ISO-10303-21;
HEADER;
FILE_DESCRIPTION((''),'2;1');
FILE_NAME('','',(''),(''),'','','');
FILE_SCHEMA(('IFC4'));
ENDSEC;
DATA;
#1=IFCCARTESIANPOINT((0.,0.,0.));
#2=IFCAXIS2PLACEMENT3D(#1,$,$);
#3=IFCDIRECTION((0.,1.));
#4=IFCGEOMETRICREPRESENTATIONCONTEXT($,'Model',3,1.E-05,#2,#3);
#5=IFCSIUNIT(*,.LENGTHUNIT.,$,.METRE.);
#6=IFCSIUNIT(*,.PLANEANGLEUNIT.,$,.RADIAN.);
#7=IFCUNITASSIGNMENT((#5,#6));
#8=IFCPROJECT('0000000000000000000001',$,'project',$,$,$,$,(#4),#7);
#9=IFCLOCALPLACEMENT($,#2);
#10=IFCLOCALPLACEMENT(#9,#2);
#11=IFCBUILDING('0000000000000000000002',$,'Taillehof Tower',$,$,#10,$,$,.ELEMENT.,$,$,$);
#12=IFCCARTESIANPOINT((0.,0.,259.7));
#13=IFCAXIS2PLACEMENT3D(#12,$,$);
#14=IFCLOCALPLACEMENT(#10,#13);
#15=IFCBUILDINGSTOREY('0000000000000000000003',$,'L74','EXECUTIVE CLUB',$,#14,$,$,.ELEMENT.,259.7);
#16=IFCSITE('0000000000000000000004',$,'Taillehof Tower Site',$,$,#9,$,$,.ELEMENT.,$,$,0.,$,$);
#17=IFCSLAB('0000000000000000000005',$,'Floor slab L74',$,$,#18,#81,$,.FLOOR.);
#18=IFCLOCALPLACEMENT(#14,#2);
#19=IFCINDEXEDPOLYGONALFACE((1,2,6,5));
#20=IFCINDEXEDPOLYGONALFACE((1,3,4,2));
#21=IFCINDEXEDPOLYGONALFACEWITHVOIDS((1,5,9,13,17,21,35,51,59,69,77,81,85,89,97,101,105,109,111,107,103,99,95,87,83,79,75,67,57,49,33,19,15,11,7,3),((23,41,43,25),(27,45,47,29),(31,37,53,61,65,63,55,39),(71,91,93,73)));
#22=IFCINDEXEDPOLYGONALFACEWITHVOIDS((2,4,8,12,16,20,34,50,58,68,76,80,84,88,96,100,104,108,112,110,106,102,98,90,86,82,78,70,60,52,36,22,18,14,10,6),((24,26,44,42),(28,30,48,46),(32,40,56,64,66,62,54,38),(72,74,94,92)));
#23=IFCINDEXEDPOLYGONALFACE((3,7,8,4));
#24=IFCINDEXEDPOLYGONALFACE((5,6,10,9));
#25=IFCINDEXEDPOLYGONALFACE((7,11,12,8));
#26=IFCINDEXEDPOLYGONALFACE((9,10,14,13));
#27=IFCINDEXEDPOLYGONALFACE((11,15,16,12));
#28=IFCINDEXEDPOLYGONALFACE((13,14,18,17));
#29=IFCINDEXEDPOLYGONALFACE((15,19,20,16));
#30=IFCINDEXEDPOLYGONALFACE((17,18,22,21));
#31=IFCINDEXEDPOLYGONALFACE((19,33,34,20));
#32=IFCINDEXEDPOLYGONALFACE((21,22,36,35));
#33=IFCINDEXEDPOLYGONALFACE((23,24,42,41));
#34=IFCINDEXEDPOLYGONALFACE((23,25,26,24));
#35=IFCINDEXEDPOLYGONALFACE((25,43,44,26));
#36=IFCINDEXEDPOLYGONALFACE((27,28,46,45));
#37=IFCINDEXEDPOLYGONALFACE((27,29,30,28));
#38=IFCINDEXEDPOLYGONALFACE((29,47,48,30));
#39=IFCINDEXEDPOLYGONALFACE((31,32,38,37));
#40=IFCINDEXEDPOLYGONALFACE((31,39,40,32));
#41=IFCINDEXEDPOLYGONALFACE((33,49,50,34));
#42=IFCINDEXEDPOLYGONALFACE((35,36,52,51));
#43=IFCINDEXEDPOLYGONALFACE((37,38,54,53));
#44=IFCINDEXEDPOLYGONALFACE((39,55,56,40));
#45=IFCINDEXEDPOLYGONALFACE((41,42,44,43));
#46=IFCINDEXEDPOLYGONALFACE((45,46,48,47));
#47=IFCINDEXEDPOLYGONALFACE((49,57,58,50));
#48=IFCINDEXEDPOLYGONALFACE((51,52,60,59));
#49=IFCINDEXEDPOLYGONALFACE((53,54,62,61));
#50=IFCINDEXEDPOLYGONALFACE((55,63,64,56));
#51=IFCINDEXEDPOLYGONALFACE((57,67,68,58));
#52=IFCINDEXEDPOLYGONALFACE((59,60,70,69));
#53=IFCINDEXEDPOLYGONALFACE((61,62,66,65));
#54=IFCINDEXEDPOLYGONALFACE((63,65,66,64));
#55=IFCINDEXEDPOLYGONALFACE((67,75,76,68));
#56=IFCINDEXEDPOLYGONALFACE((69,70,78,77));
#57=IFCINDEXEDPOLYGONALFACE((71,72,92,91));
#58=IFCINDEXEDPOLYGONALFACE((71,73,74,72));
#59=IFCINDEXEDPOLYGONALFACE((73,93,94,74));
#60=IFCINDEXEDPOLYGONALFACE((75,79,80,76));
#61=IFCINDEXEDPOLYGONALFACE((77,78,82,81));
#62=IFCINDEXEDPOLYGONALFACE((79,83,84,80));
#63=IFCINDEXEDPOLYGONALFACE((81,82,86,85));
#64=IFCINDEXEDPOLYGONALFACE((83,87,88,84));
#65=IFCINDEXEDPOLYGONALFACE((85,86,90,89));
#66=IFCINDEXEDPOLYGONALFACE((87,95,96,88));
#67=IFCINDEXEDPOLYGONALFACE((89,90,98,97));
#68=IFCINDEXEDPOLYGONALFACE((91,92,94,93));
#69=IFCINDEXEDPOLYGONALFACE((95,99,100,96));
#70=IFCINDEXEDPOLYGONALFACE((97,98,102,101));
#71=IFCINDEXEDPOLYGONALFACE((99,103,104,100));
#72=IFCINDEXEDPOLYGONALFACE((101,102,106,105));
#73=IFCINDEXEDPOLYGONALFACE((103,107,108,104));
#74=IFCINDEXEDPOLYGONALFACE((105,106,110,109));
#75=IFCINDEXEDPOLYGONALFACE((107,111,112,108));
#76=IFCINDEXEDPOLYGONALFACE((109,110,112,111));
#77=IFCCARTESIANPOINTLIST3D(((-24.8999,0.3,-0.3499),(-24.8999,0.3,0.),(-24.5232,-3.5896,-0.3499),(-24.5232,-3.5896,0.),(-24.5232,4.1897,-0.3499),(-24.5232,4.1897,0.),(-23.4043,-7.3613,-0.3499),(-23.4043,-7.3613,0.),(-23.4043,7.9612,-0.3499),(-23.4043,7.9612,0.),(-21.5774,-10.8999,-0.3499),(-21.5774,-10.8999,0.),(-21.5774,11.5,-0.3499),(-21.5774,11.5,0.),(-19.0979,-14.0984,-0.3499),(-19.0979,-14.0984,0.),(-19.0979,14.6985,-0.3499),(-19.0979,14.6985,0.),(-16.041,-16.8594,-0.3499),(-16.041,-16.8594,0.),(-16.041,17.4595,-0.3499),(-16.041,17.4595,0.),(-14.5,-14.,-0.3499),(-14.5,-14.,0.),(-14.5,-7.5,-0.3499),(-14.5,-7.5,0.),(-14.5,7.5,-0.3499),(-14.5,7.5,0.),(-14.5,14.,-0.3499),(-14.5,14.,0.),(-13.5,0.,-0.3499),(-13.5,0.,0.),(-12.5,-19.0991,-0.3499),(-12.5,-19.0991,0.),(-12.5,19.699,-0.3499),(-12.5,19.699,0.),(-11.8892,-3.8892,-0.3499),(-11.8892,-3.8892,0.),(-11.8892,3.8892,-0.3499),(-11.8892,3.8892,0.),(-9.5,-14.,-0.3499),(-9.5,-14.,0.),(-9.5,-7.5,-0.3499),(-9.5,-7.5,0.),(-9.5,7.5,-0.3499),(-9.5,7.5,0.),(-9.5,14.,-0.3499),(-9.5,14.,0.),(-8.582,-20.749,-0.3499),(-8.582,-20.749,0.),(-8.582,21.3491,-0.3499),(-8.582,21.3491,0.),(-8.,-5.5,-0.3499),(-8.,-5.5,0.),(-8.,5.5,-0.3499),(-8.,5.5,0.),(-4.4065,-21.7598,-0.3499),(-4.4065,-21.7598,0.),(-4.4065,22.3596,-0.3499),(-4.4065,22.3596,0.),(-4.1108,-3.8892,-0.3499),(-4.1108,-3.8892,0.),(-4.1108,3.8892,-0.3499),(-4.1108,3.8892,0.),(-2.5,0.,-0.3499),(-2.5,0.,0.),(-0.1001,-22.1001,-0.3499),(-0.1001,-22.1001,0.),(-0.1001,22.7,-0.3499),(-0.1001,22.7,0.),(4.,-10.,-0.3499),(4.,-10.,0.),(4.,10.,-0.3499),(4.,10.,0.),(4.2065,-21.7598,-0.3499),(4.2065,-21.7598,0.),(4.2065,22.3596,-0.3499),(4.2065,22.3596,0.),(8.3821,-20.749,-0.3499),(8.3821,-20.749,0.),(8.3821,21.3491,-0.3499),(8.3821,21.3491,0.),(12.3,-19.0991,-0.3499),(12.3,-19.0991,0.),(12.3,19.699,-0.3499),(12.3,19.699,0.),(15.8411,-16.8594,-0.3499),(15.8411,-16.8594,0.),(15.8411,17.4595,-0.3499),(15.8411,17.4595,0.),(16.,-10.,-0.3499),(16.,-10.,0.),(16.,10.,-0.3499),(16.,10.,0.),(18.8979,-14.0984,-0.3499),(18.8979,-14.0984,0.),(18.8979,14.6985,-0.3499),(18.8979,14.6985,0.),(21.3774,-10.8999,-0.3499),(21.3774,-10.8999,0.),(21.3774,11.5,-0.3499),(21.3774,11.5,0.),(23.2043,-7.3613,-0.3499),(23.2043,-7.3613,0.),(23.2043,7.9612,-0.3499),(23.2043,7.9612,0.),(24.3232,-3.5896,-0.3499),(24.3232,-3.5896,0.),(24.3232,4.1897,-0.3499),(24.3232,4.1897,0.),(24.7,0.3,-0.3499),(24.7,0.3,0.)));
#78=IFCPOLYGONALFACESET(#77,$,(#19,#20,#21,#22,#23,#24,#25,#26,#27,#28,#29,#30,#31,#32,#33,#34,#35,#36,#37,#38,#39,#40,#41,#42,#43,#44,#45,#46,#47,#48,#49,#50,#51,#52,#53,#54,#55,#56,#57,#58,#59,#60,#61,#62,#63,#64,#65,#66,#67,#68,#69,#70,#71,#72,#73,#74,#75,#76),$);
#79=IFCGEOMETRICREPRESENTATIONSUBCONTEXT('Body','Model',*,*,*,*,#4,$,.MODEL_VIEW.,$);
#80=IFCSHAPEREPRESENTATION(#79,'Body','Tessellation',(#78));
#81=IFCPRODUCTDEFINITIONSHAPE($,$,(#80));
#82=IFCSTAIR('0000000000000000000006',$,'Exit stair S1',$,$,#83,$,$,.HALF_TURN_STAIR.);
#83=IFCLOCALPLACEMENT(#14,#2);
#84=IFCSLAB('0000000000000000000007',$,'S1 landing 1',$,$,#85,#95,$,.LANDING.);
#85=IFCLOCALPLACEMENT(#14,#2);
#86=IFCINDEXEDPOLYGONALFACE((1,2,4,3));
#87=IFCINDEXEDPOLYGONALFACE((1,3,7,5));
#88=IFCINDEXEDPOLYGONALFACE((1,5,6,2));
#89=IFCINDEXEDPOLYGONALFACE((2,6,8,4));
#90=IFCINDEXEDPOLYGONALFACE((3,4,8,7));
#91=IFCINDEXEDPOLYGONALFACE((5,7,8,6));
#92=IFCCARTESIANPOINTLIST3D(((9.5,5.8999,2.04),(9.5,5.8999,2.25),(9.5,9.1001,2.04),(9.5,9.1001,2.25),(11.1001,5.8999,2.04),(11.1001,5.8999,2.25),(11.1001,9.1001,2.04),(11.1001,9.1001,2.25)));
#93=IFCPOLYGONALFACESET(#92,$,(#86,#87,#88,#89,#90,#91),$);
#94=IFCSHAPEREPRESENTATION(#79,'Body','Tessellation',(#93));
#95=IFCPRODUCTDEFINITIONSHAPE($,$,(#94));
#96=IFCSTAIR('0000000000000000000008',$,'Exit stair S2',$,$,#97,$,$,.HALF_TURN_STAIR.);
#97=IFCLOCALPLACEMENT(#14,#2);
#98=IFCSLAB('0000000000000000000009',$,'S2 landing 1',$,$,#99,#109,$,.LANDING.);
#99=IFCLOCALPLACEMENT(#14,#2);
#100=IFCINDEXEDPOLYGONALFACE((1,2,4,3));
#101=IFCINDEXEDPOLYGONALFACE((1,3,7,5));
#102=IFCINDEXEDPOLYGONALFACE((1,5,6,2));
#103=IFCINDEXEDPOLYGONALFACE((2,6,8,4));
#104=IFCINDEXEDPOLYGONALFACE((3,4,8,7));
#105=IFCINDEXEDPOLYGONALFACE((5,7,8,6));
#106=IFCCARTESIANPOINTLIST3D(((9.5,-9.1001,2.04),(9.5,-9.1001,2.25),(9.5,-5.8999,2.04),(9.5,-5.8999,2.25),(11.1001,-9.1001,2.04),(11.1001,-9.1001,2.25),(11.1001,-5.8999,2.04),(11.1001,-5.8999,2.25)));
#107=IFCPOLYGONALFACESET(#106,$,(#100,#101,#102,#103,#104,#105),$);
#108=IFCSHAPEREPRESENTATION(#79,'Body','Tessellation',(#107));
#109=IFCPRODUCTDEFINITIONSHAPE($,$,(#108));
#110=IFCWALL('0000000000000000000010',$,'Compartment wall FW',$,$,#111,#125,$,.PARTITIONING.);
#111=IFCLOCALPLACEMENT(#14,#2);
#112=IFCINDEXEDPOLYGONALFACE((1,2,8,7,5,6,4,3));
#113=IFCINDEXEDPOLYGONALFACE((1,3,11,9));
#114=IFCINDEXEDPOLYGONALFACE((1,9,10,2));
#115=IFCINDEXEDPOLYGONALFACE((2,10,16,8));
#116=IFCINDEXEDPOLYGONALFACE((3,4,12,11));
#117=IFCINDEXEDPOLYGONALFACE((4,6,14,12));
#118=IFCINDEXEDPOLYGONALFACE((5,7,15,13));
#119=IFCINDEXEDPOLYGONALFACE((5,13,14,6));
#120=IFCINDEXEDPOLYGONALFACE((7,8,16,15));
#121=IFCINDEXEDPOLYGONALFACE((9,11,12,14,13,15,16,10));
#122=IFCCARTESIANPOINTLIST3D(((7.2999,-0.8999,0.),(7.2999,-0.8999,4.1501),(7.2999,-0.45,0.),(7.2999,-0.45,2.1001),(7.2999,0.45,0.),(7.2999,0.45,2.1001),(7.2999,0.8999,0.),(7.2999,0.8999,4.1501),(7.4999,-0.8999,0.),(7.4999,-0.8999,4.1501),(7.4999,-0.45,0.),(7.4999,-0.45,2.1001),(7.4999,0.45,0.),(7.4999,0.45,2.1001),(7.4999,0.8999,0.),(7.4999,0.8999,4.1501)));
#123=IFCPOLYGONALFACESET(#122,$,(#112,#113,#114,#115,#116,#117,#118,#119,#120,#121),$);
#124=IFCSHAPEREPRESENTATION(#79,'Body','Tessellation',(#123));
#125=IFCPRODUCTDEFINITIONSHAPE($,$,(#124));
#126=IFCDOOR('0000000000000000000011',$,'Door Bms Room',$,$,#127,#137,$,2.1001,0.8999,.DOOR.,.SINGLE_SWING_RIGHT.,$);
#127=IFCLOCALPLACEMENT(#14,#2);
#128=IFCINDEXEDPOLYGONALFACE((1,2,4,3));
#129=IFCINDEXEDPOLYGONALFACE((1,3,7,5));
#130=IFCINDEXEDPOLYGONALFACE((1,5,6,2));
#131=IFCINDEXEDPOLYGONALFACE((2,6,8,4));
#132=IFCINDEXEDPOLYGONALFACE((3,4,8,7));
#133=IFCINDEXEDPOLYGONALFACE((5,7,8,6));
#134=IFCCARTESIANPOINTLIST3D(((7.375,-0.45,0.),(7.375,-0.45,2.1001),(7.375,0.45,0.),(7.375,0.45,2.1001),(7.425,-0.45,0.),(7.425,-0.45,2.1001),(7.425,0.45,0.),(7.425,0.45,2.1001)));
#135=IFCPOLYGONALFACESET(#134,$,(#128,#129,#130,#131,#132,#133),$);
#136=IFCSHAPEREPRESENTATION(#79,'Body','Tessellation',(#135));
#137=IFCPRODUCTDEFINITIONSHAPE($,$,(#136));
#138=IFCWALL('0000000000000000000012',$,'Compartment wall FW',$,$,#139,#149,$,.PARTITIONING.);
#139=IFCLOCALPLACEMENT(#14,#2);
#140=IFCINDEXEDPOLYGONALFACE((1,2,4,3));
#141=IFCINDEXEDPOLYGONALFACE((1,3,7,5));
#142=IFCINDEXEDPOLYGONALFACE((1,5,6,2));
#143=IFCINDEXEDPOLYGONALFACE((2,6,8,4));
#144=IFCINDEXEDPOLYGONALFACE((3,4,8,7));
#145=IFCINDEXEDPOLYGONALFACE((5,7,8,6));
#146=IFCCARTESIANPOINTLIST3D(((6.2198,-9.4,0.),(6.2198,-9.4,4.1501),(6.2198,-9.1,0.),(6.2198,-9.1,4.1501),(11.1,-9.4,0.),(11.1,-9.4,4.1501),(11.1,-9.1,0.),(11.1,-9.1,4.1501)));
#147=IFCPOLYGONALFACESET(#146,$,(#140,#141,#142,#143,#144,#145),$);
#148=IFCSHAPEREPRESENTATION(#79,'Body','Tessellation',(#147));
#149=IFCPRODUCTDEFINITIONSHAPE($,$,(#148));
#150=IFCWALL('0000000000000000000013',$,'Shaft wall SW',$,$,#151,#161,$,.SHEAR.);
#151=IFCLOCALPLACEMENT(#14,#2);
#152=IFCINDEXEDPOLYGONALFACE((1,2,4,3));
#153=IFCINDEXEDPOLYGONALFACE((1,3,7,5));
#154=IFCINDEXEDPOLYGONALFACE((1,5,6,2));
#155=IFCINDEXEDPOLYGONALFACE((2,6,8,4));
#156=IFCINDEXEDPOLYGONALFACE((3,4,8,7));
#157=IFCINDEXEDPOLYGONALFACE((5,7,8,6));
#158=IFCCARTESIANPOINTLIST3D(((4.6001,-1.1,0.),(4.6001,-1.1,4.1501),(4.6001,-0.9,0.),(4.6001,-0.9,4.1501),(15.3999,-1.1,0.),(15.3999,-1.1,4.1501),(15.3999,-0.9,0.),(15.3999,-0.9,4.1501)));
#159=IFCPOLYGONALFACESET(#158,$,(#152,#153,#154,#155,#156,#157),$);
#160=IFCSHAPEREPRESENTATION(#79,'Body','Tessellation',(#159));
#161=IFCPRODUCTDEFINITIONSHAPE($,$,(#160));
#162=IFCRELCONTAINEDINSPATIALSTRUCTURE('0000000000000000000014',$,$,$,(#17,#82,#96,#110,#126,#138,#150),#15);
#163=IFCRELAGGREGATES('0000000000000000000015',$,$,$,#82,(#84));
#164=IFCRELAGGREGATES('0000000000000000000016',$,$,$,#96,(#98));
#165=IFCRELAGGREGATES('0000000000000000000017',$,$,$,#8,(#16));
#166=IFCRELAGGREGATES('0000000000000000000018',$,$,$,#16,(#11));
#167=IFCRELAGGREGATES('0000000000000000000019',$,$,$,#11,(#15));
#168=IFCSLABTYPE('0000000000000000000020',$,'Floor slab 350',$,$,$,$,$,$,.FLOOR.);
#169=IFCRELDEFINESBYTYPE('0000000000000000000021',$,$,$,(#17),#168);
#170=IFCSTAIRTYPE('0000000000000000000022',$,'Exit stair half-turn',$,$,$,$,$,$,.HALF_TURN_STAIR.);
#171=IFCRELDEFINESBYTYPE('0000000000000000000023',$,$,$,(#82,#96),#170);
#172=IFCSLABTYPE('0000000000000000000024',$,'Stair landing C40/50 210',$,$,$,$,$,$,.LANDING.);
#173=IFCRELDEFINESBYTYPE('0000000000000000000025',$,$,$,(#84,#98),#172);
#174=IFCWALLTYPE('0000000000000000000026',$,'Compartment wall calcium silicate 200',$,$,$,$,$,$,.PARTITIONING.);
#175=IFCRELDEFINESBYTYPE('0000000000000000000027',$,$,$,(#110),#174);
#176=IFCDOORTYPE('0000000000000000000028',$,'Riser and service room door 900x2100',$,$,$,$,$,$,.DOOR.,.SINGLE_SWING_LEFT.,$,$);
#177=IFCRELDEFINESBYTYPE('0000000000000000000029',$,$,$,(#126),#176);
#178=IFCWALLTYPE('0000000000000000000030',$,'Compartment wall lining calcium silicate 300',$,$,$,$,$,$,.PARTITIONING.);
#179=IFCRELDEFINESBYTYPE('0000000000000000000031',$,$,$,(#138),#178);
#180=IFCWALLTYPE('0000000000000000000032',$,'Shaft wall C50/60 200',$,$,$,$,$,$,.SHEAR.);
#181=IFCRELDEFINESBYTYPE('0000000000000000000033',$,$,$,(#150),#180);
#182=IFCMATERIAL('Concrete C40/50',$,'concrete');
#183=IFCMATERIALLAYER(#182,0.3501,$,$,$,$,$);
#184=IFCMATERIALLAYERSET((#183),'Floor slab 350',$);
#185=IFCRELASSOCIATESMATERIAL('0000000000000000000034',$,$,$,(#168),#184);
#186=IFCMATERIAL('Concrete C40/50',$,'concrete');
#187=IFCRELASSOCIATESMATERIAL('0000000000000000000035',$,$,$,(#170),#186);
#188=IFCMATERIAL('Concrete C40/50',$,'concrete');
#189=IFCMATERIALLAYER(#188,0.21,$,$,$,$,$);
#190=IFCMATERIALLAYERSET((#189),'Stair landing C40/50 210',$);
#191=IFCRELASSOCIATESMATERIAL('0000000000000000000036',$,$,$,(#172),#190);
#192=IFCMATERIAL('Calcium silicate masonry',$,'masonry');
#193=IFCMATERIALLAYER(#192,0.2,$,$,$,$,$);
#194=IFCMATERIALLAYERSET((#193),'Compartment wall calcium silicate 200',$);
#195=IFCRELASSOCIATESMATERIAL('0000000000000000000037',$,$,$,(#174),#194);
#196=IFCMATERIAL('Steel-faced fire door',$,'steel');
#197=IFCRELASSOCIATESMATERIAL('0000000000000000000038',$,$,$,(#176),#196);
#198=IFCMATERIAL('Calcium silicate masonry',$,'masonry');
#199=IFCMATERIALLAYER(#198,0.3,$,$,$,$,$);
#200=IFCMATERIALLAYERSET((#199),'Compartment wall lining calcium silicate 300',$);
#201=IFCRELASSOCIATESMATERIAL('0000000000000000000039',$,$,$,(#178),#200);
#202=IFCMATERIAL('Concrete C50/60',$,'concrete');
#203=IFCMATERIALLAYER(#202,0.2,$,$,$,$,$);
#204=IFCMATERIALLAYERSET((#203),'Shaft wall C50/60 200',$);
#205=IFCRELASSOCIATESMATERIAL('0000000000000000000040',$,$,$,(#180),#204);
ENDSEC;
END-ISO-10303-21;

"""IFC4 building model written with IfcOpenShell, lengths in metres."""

from ifc_helpers import new_model, si_unit, direction, frame, frame_2d, origin, place, context, subcontext, project, spatial, polyline, rectangle, outline, extrude, material, layer, layer_set, type_object, element, fill, aggregate, save


model = new_model("IFC4")

# Units and contexts
model_context = context("Model", 3, precision=1e-05, world=origin(), true_north=direction((0.0, 1.0)))
body_context = subcontext(model_context, "Body", "Model", "MODEL_VIEW")
ifc_project = project(units=[si_unit("LENGTHUNIT", "METRE"), si_unit("PLANEANGLEUNIT", "RADIAN")], contexts=[model_context])

# Site, building, storey
site_placement = place(None, origin())
site = spatial("IfcSite", under=ifc_project, at=site_placement, Name="Taillehof Tower Site", CompositionType="ELEMENT", RefElevation=0.0)
building_placement = place(site_placement, origin())
building = spatial("IfcBuilding", under=site, at=building_placement, Name="Taillehof Tower", CompositionType="ELEMENT")
storey_placement = place(building_placement, frame((0.0, 0.0, 259.7)))
storey = spatial("IfcBuildingStorey", under=building, at=storey_placement, Name="L74", Description="EXECUTIVE CLUB", CompositionType="ELEMENT", Elevation=259.7)

# Slab
ifc_material_1 = material(Name="Concrete C40/50", Category="concrete")
ifc_layer_1 = layer(ifc_material_1, 0.3501)
ifc_layer_set_1 = layer_set([ifc_layer_1], Name="Floor slab 350")
slab_type_1 = type_object("IfcSlabType", Name="Floor slab 350", PredefinedType="FLOOR", material=ifc_layer_set_1)
slab_1_placement = place(storey_placement, frame((0.0, 0.0, -0.3499)))
element("IfcSlab", 1, at=slab_1_placement, inside=storey, type_object=slab_type_1, Name="Floor slab L74", PredefinedType="FLOOR", context=body_context, shape_type="SweptSolid", body=[
    extrude(outline(polyline([(24.7, 0.3), (24.3232, 4.1897), (23.2043, 7.9612), (21.3774, 11.5), (18.8979, 14.6985), (15.8411, 17.4595), (12.3, 19.699), (8.3821, 21.3491), (4.2065, 22.3596), (-0.1001, 22.7), (-4.4065, 22.3596), (-8.582, 21.3491), (-12.5, 19.699), (-16.041, 17.4595), (-19.0979, 14.6985), (-21.5774, 11.5), (-23.4043, 7.9612), (-24.5232, 4.1897), (-24.8999, 0.3), (-24.5232, -3.5896), (-23.4043, -7.3613), (-21.5774, -10.8999), (-19.0979, -14.0984), (-16.041, -16.8594), (-12.5, -19.0991), (-8.582, -20.749), (-4.4065, -21.7598), (-0.1001, -22.1001), (4.2065, -21.7598), (8.3821, -20.749), (12.3, -19.0991), (15.8411, -16.8594), (18.8979, -14.0984), (21.3774, -10.8999), (23.2043, -7.3613), (24.3232, -3.5896), (24.7, 0.3)]), holes=[polyline([(-14.5, -7.5), (-9.5, -7.5), (-9.5, -14.0), (-14.5, -14.0), (-14.5, -7.5)]), polyline([(-8.0, -5.5), (-11.8892, -3.8892), (-13.5, 0.0), (-11.8892, 3.8892), (-8.0, 5.5), (-4.1108, 3.8892), (-2.5, 0.0), (-4.1108, -3.8892), (-8.0, -5.5)]), polyline([(16.0, 10.0), (16.0, -10.0), (4.0, -10.0), (4.0, 10.0), (16.0, 10.0)]), polyline([(-14.5, 14.0), (-9.5, 14.0), (-9.5, 7.5), (-14.5, 7.5), (-14.5, 14.0)])]), origin(), (0.0, 0.0, 1.0), 0.3499),
])

# Stairs, slabs
ifc_material_2 = material(Name="Concrete C40/50", Category="concrete")
stair_type = type_object("IfcStairType", Name="Exit stair half-turn", PredefinedType="HALF_TURN_STAIR", material=ifc_material_2)
stair_1_placement = place(storey_placement, origin())
stair_1 = element("IfcStair", 2, at=stair_1_placement, inside=storey, type_object=stair_type, Name="Exit stair S1", PredefinedType="HALF_TURN_STAIR")
ifc_material_3 = material(Name="Concrete C40/50", Category="concrete")
ifc_layer_2 = layer(ifc_material_3, 0.21)
ifc_layer_set_2 = layer_set([ifc_layer_2], Name="Stair landing C40/50 210")
slab_type_2 = type_object("IfcSlabType", Name="Stair landing C40/50 210", PredefinedType="LANDING", material=ifc_layer_set_2)
slab_2_placement = place(storey_placement, frame((0.0, 0.0, 2.04)))
slab_2 = element("IfcSlab", 3, at=slab_2_placement, type_object=slab_type_2, Name="S1 landing 1", PredefinedType="LANDING", context=body_context, shape_type="SweptSolid", body=[
    extrude(outline(polyline([(9.5, 5.8999), (11.1001, 5.8999), (11.1001, 9.1001), (9.5, 9.1001), (9.5, 5.8999)])), origin(), (0.0, 0.0, 1.0), 0.21),
])
aggregate(stair_1, [slab_2])
stair_2_placement = place(storey_placement, origin())
stair_2 = element("IfcStair", 4, at=stair_2_placement, inside=storey, type_object=stair_type, Name="Exit stair S2", PredefinedType="HALF_TURN_STAIR")
slab_3_placement = place(storey_placement, frame((0.0, 0.0, 2.04)))
slab_3 = element("IfcSlab", 5, at=slab_3_placement, type_object=slab_type_2, Name="S2 landing 1", PredefinedType="LANDING", context=body_context, shape_type="SweptSolid", body=[
    extrude(outline(polyline([(9.5, -5.8999), (11.1001, -5.8999), (11.1001, -9.1001), (9.5, -9.1001), (9.5, -5.8999)])), origin(), (0.0, 0.0, 1.0), 0.21),
])

# Wall, opening, door
ifc_material_4 = material(Name="Calcium silicate masonry", Category="masonry")
ifc_layer_3 = layer(ifc_material_4, 0.2)
ifc_layer_set_3 = layer_set([ifc_layer_3], Name="Compartment wall calcium silicate 200")
wall_type_1 = type_object("IfcWallType", Name="Compartment wall calcium silicate 200", PredefinedType="PARTITIONING", material=ifc_layer_set_3)
wall_1_placement = place(storey_placement, frame((7.3999, -0.8999, 0.0), z_axis=(0.0, 0.0, 1.0), x_axis=(0.0, 1.0, 0.0)))
wall_1 = element("IfcWall", 6, at=wall_1_placement, inside=storey, type_object=wall_type_1, Name="Compartment wall FW", PredefinedType="PARTITIONING", context=body_context, shape_type="SweptSolid", body=[
    extrude(rectangle(XDim=1.7998, YDim=0.2, at=frame_2d((0.8999, 0.0))), origin(), (0.0, 0.0, 1.0), 4.1501),
])
opening_1_placement = place(wall_1_placement, frame((0.45, 0.0, 0.0)))
opening_1 = element("IfcOpeningElement", 7, at=opening_1_placement, cuts=wall_1, PredefinedType="OPENING", context=body_context, shape_type="SweptSolid", body=[
    extrude(rectangle(XDim=0.8999, YDim=2.1001, at=frame_2d((0.45, 1.05))), frame((0.0, 0.1099, 0.0), z_axis=(0.0, -1.0, 0.0), x_axis=(1.0, 0.0, 0.0)), (0.0, 0.0, 1.0), 0.22),
])
ifc_material_5 = material(Name="Steel-faced fire door", Category="steel")
door_type_1 = type_object("IfcDoorType", Name="Riser and service room door 900x2100", OperationType="SINGLE_SWING_LEFT", PredefinedType="DOOR", material=ifc_material_5)
door_1_placement = place(opening_1_placement, origin())
door_1 = element("IfcDoor", 8, at=door_1_placement, inside=storey, type_object=door_type_1, Name="Door Bms Room", OperationType="SINGLE_SWING_RIGHT", OverallHeight=2.1001, OverallWidth=0.8999, PredefinedType="DOOR", context=body_context, shape_type="SweptSolid", body=[
    extrude(rectangle(XDim=0.8999, YDim=2.1001, at=frame_2d((0.45, 1.05))), frame((0.0, 0.0249, 0.0), z_axis=(0.0, -1.0, 0.0), x_axis=(1.0, 0.0, 0.0)), (0.0, 0.0, 1.0), 0.05),
])
fill(opening_1, door_1)

# Walls
ifc_material_6 = material(Name="Calcium silicate masonry", Category="masonry")
ifc_layer_4 = layer(ifc_material_6, 0.3)
ifc_layer_set_4 = layer_set([ifc_layer_4], Name="Compartment wall lining calcium silicate 300")
wall_type_2 = type_object("IfcWallType", Name="Compartment wall lining calcium silicate 300", PredefinedType="PARTITIONING", material=ifc_layer_set_4)
wall_2_placement = place(storey_placement, frame((6.22, -9.25, 0.0), z_axis=(0.0, 0.0, 1.0), x_axis=(1.0, 0.0, 0.0)))
element("IfcWall", 9, at=wall_2_placement, inside=storey, type_object=wall_type_2, Name="Compartment wall FW", PredefinedType="PARTITIONING", context=body_context, shape_type="SweptSolid", body=[
    extrude(rectangle(XDim=4.8801, YDim=0.3, at=frame_2d((2.4399, 0.0))), origin(), (0.0, 0.0, 1.0), 4.1501),
])
ifc_material_7 = material(Name="Concrete C50/60", Category="concrete")
ifc_layer_5 = layer(ifc_material_7, 0.2)
ifc_layer_set_5 = layer_set([ifc_layer_5], Name="Shaft wall C50/60 200")
wall_type_3 = type_object("IfcWallType", Name="Shaft wall C50/60 200", PredefinedType="SHEAR", material=ifc_layer_set_5)
wall_3_placement = place(storey_placement, frame((4.6001, -1.0, 0.0), z_axis=(0.0, 0.0, 1.0), x_axis=(1.0, 0.0, 0.0)))
element("IfcWall", 10, at=wall_3_placement, inside=storey, type_object=wall_type_3, Name="Shaft wall SW", PredefinedType="SHEAR", context=body_context, shape_type="SweptSolid", body=[
    extrude(rectangle(XDim=10.7998, YDim=0.2, at=frame_2d((5.3999, 0.0))), origin(), (0.0, 0.0, 1.0), 4.1501),
])

aggregate(stair_2, [slab_3])

save(model, "model.ifc")
